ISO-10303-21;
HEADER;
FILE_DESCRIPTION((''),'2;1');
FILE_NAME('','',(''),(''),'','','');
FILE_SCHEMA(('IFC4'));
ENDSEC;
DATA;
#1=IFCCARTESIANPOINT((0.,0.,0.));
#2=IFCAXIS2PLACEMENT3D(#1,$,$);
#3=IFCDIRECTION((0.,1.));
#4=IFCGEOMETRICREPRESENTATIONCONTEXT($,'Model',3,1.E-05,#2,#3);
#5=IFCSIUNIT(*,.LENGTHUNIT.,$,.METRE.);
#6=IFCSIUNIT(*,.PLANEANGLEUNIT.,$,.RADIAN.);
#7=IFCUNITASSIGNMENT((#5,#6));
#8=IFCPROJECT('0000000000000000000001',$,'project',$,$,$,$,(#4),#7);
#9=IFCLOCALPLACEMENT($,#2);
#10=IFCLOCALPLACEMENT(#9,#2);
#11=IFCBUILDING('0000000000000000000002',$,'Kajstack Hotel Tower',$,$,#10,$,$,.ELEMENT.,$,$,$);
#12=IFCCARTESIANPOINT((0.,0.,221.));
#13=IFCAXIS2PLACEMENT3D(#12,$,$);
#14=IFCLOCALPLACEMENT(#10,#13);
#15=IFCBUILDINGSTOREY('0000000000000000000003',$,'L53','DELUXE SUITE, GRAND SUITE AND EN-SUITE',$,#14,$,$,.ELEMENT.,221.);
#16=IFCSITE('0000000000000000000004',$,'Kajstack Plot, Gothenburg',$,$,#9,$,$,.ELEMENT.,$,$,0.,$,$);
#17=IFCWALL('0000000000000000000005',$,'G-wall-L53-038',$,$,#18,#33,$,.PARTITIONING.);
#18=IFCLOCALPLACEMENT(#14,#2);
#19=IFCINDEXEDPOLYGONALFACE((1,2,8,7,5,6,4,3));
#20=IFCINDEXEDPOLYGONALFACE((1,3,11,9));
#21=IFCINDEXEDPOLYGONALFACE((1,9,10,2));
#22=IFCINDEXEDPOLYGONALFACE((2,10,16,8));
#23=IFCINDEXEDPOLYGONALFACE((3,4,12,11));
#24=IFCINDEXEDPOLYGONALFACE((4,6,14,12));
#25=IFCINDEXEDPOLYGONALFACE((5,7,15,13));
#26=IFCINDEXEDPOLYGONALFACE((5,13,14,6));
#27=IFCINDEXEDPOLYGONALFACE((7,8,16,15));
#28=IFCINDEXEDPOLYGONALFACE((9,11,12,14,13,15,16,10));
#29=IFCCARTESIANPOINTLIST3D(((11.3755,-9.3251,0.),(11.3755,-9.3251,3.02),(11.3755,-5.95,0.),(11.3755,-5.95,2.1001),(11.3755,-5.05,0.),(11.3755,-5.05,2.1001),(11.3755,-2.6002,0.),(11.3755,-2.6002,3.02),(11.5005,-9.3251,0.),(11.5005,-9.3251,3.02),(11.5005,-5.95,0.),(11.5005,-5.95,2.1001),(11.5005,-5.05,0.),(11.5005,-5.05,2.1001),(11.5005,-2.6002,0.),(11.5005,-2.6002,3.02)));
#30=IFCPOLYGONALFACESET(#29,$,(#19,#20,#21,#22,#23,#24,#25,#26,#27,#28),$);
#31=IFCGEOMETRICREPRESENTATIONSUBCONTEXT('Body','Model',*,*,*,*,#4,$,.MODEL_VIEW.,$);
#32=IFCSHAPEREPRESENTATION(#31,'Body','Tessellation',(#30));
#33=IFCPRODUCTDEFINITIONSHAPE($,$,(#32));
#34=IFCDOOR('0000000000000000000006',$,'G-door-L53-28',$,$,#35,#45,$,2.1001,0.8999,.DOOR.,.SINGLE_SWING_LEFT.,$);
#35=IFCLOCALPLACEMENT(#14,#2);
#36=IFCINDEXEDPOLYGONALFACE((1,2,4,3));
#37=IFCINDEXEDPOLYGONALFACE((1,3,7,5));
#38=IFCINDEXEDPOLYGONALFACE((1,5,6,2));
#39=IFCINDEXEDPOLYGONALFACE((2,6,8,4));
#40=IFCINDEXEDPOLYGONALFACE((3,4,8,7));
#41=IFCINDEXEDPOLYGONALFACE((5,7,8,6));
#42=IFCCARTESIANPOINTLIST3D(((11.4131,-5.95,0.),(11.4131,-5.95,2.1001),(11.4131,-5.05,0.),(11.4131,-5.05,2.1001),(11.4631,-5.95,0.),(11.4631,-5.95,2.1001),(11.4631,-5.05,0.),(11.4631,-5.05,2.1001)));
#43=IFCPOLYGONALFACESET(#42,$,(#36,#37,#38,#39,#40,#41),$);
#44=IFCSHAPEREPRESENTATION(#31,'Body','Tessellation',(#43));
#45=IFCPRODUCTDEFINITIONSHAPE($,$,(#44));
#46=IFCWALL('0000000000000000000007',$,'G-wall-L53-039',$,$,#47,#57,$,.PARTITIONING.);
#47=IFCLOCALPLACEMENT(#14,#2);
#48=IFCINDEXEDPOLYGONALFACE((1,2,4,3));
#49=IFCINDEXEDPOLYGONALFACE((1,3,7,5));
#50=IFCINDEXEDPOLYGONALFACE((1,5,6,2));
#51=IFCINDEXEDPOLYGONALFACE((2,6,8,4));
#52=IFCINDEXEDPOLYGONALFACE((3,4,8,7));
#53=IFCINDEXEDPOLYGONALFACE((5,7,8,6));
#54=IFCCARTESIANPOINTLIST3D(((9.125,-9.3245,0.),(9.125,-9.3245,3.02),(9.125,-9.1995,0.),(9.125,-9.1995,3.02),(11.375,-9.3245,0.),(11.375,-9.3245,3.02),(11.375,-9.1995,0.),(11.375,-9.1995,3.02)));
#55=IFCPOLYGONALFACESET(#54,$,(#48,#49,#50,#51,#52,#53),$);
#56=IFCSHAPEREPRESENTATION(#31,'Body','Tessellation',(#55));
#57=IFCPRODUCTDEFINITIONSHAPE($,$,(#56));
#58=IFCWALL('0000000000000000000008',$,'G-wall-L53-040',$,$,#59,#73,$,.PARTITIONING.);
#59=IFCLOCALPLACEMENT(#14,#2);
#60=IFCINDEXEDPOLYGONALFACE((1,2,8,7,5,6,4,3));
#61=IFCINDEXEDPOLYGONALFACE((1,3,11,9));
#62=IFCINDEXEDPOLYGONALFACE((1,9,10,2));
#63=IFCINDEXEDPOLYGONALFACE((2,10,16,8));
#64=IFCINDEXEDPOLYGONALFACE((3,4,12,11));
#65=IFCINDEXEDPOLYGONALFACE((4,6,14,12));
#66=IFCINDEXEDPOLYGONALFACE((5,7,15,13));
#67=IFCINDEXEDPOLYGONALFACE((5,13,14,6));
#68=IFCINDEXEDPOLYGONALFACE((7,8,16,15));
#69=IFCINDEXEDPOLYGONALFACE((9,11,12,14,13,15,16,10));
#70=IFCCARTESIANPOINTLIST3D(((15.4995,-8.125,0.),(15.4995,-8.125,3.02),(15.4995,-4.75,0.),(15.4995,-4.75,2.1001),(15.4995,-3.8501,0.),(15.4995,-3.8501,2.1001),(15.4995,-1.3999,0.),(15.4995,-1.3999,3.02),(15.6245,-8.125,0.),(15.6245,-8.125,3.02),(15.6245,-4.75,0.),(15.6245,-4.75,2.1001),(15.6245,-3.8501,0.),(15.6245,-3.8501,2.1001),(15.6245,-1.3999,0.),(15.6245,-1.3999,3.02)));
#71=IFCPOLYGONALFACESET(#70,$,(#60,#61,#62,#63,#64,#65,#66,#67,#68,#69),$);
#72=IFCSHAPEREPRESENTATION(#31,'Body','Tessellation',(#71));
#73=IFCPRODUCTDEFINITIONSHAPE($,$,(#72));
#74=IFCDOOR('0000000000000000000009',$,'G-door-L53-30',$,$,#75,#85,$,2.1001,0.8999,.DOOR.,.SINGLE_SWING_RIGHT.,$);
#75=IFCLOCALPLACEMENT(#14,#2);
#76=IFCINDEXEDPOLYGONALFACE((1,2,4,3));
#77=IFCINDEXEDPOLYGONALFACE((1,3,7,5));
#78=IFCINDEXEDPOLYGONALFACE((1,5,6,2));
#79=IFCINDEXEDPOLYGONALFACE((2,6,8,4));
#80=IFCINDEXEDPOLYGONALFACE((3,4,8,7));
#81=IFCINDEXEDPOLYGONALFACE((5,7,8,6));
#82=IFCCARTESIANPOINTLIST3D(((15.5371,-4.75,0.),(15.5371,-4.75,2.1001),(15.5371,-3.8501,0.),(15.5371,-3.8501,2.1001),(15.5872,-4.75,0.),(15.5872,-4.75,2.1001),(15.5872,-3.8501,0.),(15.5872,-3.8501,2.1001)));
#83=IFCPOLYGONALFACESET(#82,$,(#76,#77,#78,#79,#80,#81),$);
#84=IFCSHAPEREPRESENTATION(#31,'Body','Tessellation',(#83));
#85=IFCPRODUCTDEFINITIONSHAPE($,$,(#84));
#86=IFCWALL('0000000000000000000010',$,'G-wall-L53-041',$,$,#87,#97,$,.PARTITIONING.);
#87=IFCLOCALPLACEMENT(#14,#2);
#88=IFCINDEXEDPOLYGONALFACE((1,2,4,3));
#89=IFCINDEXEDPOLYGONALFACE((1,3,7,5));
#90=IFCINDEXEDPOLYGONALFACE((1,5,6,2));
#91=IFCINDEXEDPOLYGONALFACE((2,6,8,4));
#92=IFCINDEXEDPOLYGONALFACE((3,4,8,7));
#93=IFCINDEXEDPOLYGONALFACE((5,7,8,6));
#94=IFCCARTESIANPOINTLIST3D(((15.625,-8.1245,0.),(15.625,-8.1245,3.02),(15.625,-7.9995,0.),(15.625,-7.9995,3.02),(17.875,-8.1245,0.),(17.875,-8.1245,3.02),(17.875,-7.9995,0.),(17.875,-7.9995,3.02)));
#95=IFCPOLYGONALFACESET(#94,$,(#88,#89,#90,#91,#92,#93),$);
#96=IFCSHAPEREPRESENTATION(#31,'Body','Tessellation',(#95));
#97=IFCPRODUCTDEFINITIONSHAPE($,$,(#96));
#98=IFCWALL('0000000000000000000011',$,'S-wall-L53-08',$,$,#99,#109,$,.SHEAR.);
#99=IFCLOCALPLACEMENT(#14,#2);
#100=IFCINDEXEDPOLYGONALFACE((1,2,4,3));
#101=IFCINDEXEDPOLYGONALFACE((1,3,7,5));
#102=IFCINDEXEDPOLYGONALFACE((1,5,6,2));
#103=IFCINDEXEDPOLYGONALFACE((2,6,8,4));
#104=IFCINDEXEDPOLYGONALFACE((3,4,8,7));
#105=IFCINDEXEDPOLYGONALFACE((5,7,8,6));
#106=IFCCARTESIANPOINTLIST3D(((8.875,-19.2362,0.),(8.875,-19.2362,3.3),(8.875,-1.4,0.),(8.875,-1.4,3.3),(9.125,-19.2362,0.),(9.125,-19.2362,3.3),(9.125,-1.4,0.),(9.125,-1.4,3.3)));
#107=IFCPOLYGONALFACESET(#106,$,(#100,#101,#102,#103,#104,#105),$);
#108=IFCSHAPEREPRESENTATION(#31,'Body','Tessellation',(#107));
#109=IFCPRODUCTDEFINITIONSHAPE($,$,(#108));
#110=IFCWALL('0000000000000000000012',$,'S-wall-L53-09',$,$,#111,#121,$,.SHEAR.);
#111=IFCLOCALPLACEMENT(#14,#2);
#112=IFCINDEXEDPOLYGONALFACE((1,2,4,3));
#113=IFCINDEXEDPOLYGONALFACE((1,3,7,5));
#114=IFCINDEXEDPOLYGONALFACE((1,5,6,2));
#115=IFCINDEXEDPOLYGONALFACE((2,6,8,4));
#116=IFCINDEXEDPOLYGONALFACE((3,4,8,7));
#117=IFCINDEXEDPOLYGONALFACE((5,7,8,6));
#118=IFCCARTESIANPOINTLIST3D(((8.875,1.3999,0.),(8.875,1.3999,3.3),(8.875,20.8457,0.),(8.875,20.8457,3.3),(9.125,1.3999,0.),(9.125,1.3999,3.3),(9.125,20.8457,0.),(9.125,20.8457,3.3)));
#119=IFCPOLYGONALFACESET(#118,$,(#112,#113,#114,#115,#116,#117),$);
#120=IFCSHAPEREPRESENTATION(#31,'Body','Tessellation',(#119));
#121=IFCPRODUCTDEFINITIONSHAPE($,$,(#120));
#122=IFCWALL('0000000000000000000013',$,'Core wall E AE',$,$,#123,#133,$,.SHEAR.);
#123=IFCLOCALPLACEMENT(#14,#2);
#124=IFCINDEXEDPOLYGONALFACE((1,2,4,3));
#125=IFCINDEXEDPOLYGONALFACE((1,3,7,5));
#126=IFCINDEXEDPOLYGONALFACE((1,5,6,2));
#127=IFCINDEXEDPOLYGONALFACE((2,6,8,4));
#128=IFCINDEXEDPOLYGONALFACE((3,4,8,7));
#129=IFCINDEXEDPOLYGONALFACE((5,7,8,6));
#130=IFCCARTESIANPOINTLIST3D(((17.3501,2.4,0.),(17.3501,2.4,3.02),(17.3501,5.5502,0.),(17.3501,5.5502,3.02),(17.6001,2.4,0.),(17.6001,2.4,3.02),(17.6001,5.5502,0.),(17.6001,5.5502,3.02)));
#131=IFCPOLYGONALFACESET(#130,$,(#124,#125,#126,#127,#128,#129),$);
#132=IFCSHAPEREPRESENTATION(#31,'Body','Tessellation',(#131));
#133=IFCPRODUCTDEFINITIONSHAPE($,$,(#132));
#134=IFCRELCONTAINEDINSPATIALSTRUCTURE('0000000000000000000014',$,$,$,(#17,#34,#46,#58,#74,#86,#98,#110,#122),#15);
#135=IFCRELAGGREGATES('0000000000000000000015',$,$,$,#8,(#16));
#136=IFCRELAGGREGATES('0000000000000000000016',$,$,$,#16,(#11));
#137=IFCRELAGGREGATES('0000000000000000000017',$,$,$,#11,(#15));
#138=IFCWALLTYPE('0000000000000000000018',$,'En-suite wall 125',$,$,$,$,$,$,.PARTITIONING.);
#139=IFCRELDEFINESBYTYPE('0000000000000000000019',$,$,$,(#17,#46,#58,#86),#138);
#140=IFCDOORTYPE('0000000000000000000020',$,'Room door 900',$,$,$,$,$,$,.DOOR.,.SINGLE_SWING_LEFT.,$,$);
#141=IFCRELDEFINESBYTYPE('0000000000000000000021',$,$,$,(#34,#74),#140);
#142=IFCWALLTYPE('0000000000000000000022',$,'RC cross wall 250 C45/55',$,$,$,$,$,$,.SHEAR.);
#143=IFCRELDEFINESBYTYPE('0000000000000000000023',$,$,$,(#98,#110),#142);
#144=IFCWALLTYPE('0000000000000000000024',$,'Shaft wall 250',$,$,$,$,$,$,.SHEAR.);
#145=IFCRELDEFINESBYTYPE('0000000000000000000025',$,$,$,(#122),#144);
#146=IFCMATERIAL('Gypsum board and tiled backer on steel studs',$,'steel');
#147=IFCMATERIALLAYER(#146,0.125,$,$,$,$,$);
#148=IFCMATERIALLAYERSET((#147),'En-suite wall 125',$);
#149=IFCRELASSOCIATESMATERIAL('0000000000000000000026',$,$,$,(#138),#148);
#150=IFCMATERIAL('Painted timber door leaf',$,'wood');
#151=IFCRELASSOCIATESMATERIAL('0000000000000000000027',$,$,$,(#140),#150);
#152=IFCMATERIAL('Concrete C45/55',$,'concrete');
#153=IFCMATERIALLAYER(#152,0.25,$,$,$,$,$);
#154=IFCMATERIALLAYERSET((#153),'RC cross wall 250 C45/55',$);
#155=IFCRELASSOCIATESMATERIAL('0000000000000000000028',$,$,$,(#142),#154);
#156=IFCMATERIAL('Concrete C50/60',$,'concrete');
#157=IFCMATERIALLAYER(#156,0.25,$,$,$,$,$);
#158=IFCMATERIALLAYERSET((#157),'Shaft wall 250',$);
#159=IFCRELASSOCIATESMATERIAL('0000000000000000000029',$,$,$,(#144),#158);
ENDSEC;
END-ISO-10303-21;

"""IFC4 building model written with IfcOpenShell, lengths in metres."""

from ifc_helpers import new_model, si_unit, direction, frame, frame_2d, origin, place, context, subcontext, project, spatial, rectangle, extrude, material, layer, layer_set, type_object, element, fill, save


model = new_model("IFC4")

# Units and contexts
model_context = context("Model", 3, precision=1e-05, world=origin(), true_north=direction((0.0, 1.0)))
body_context = subcontext(model_context, "Body", "Model", "MODEL_VIEW")
ifc_project = project(units=[si_unit("LENGTHUNIT", "METRE"), si_unit("PLANEANGLEUNIT", "RADIAN")], contexts=[model_context])

# Site, building, storey
site_placement = place(None, origin())
site = spatial("IfcSite", under=ifc_project, at=site_placement, Name="Kajstack Plot, Gothenburg", CompositionType="ELEMENT", RefElevation=0.0)
building_placement = place(site_placement, origin())
building = spatial("IfcBuilding", under=site, at=building_placement, Name="Kajstack Hotel Tower", CompositionType="ELEMENT")
storey_placement = place(building_placement, frame((0.0, 0.0, 221.0)))
storey = spatial("IfcBuildingStorey", under=building, at=storey_placement, Name="L53", Description="DELUXE SUITE, GRAND SUITE AND EN-SUITE", CompositionType="ELEMENT", Elevation=221.0)

# Shared definitions
ifc_material_1 = material(Name="Gypsum board and tiled backer on steel studs", Category="steel")
ifc_layer_1 = layer(ifc_material_1, 0.125)
ifc_layer_set_1 = layer_set([ifc_layer_1], Name="En-suite wall 125")
wall_type_1 = type_object("IfcWallType", Name="En-suite wall 125", PredefinedType="PARTITIONING", material=ifc_layer_set_1)
ifc_material_2 = material(Name="Painted timber door leaf", Category="wood")
door_type_1 = type_object("IfcDoorType", Name="Room door 900", OperationType="SINGLE_SWING_LEFT", PredefinedType="DOOR", material=ifc_material_2)

# Wall, opening, door
wall_1_placement = place(storey_placement, frame((11.438, -9.325, 0.0), z_axis=(0.0, 0.0, 1.0), x_axis=(0.0, 1.0, 0.0)))
wall_1 = element("IfcWall", 1, at=wall_1_placement, inside=storey, type_object=wall_type_1, Name="G-wall-L53-038", PredefinedType="PARTITIONING", context=body_context, shape_type="SweptSolid", body=[
    extrude(rectangle(XDim=6.7249, YDim=0.125, at=frame_2d((3.3623, 0.0))), origin(), (0.0, 0.0, 1.0), 3.02),
])
opening_1_placement = place(wall_1_placement, frame((3.375, 0.0, 0.0)))
opening_1 = element("IfcOpeningElement", 2, at=opening_1_placement, cuts=wall_1, PredefinedType="OPENING", context=body_context, shape_type="SweptSolid", body=[
    extrude(rectangle(XDim=0.8999, YDim=2.1001, at=frame_2d((0.45, 1.05))), frame((0.0, 0.0725, 0.0), z_axis=(0.0, -1.0, 0.0), x_axis=(1.0, 0.0, 0.0)), (0.0, 0.0, 1.0), 0.145),
])
door_1_placement = place(opening_1_placement, origin())
door_1 = element("IfcDoor", 3, at=door_1_placement, inside=storey, type_object=door_type_1, Name="G-door-L53-28", OperationType="SINGLE_SWING_LEFT", OverallHeight=2.1001, OverallWidth=0.8999, PredefinedType="DOOR", context=body_context, shape_type="SweptSolid", body=[
    extrude(rectangle(XDim=0.8999, YDim=2.1001, at=frame_2d((0.45, 1.05))), frame((0.0, 0.0249, 0.0), z_axis=(0.0, -1.0, 0.0), x_axis=(1.0, 0.0, 0.0)), (0.0, 0.0, 1.0), 0.05),
])
fill(opening_1, door_1)

# Wall
wall_2_placement = place(storey_placement, frame((9.125, -9.262, 0.0), z_axis=(0.0, 0.0, 1.0), x_axis=(1.0, 0.0, 0.0)))
element("IfcWall", 4, at=wall_2_placement, inside=storey, type_object=wall_type_1, Name="G-wall-L53-039", PredefinedType="PARTITIONING", context=body_context, shape_type="SweptSolid", body=[
    extrude(rectangle(XDim=2.25, YDim=0.125, at=frame_2d((1.125, 0.0))), origin(), (0.0, 0.0, 1.0), 3.02),
])

# Wall, opening, door
wall_3_placement = place(storey_placement, frame((15.562, -8.125, 0.0), z_axis=(0.0, 0.0, 1.0), x_axis=(0.0, 1.0, 0.0)))
wall_3 = element("IfcWall", 5, at=wall_3_placement, inside=storey, type_object=wall_type_1, Name="G-wall-L53-040", PredefinedType="PARTITIONING", context=body_context, shape_type="SweptSolid", body=[
    extrude(rectangle(XDim=6.7251, YDim=0.125, at=frame_2d((3.3625, 0.0))), origin(), (0.0, 0.0, 1.0), 3.02),
])
opening_2_placement = place(wall_3_placement, frame((3.375, 0.0, 0.0)))
opening_2 = element("IfcOpeningElement", 6, at=opening_2_placement, cuts=wall_3, PredefinedType="OPENING", context=body_context, shape_type="SweptSolid", body=[
    extrude(rectangle(XDim=0.8999, YDim=2.1001, at=frame_2d((0.45, 1.05))), frame((0.0, 0.0725, 0.0), z_axis=(0.0, -1.0, 0.0), x_axis=(1.0, 0.0, 0.0)), (0.0, 0.0, 1.0), 0.145),
])
door_2_placement = place(opening_2_placement, origin())
door_2 = element("IfcDoor", 7, at=door_2_placement, inside=storey, type_object=door_type_1, Name="G-door-L53-30", OperationType="SINGLE_SWING_RIGHT", OverallHeight=2.1001, OverallWidth=0.8999, PredefinedType="DOOR", context=body_context, shape_type="SweptSolid", body=[
    extrude(rectangle(XDim=0.8999, YDim=2.1001, at=frame_2d((0.45, 1.05))), frame((0.0, 0.0249, 0.0), z_axis=(0.0, -1.0, 0.0), x_axis=(1.0, 0.0, 0.0)), (0.0, 0.0, 1.0), 0.05),
])
fill(opening_2, door_2)

# Walls
wall_4_placement = place(storey_placement, frame((15.625, -8.062, 0.0), z_axis=(0.0, 0.0, 1.0), x_axis=(1.0, 0.0, 0.0)))
element("IfcWall", 8, at=wall_4_placement, inside=storey, type_object=wall_type_1, Name="G-wall-L53-041", PredefinedType="PARTITIONING", context=body_context, shape_type="SweptSolid", body=[
    extrude(rectangle(XDim=2.25, YDim=0.125, at=frame_2d((1.125, 0.0))), origin(), (0.0, 0.0, 1.0), 3.02),
])
ifc_material_3 = material(Name="Concrete C45/55", Category="concrete")
ifc_layer_2 = layer(ifc_material_3, 0.25)
ifc_layer_set_2 = layer_set([ifc_layer_2], Name="RC cross wall 250 C45/55")
wall_type_2 = type_object("IfcWallType", Name="RC cross wall 250 C45/55", PredefinedType="SHEAR", material=ifc_layer_set_2)
wall_5_placement = place(storey_placement, frame((9.0, -19.2361, 0.0), z_axis=(0.0, 0.0, 1.0), x_axis=(0.0, 1.0, 0.0)))
element("IfcWall", 9, at=wall_5_placement, inside=storey, type_object=wall_type_2, Name="S-wall-L53-08", PredefinedType="SHEAR", context=body_context, shape_type="SweptSolid", body=[
    extrude(rectangle(XDim=17.8362, YDim=0.25, at=frame_2d((8.918, 0.0))), origin(), (0.0, 0.0, 1.0), 3.3),
])
wall_6_placement = place(storey_placement, frame((9.0, 1.3999, 0.0), z_axis=(0.0, 0.0, 1.0), x_axis=(0.0, 1.0, 0.0)))
element("IfcWall", 10, at=wall_6_placement, inside=storey, type_object=wall_type_2, Name="S-wall-L53-09", PredefinedType="SHEAR", context=body_context, shape_type="SweptSolid", body=[
    extrude(rectangle(XDim=19.4458, YDim=0.25, at=frame_2d((9.7229, 0.0))), origin(), (0.0, 0.0, 1.0), 3.3),
])
ifc_material_4 = material(Name="Concrete C50/60", Category="concrete")
ifc_layer_3 = layer(ifc_material_4, 0.25)
ifc_layer_set_3 = layer_set([ifc_layer_3], Name="Shaft wall 250")
wall_type_3 = type_object("IfcWallType", Name="Shaft wall 250", PredefinedType="SHEAR", material=ifc_layer_set_3)
wall_7_placement = place(storey_placement, frame((17.4751, 2.3999, 0.0), z_axis=(0.0, 0.0, 1.0), x_axis=(0.0, 1.0, 0.0)))
element("IfcWall", 11, at=wall_7_placement, inside=storey, type_object=wall_type_3, Name="Core wall E AE", PredefinedType="SHEAR", context=body_context, shape_type="SweptSolid", body=[
    extrude(rectangle(XDim=3.1501, YDim=0.25, at=frame_2d((1.5752, 0.0))), origin(), (0.0, 0.0, 1.0), 3.02),
])

save(model, "model.ifc")
